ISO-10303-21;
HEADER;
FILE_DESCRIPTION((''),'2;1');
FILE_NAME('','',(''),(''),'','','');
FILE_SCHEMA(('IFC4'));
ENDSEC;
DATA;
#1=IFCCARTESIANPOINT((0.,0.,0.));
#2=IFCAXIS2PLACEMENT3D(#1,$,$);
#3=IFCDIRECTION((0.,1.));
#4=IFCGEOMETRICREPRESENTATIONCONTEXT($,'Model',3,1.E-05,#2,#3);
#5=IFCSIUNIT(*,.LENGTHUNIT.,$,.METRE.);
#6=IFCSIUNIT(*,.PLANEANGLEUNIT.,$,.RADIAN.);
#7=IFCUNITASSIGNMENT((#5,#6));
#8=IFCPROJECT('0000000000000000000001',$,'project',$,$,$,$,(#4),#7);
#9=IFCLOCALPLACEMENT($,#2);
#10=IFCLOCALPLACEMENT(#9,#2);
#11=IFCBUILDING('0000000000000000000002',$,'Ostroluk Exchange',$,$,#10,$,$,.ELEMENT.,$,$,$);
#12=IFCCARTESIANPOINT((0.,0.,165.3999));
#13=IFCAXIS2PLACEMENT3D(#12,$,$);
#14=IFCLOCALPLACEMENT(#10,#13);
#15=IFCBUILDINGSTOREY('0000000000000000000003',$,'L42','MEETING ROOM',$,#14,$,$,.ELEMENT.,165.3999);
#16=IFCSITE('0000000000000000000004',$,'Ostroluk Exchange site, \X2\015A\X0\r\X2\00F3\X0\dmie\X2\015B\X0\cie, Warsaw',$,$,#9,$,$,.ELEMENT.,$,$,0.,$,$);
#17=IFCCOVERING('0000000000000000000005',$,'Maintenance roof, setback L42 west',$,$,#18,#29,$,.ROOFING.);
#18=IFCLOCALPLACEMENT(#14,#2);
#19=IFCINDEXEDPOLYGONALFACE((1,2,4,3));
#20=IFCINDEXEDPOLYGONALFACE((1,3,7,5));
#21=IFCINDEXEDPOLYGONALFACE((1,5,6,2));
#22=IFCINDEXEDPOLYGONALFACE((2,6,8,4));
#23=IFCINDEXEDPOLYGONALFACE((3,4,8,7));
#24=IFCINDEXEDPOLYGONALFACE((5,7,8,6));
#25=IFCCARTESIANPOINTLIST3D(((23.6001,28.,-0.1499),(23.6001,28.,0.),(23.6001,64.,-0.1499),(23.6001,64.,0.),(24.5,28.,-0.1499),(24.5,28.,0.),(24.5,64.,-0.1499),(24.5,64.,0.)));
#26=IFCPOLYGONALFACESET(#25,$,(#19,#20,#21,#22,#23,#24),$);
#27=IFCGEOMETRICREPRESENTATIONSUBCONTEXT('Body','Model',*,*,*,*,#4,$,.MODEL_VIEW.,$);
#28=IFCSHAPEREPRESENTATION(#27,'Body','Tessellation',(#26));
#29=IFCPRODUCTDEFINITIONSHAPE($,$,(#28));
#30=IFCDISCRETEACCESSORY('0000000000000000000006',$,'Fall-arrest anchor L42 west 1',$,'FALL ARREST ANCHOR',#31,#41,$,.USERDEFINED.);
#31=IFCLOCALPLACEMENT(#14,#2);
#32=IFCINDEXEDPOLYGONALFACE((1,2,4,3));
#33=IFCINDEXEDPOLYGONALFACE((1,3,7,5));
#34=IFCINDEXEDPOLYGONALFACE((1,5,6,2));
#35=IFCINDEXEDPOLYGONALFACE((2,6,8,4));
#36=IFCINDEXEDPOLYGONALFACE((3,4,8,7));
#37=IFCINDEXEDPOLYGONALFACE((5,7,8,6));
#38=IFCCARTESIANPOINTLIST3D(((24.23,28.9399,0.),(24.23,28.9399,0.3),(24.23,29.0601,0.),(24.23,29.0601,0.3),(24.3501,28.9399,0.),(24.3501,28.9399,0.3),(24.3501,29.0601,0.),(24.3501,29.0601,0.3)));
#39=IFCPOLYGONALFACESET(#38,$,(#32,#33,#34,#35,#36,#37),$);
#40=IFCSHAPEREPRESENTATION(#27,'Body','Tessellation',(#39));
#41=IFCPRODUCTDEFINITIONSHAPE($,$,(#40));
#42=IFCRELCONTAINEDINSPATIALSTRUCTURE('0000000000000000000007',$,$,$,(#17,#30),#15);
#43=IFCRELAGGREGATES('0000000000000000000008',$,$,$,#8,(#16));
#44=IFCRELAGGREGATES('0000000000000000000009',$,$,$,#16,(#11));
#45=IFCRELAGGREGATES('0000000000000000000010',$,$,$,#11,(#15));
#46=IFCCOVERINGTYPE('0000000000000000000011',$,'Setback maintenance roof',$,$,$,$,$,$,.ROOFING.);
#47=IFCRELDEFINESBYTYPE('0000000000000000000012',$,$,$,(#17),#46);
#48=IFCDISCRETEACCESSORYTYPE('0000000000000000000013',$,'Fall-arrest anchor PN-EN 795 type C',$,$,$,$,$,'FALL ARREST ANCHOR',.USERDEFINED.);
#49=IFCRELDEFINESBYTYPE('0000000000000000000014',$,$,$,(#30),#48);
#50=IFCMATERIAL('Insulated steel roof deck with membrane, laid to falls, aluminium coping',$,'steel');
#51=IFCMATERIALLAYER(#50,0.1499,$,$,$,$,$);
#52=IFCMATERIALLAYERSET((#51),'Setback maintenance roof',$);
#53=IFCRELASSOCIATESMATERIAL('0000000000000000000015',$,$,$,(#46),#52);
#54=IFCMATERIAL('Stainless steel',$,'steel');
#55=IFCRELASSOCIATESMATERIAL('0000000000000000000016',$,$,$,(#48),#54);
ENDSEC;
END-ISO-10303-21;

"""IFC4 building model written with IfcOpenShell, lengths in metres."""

from ifc_helpers import new_model, si_unit, direction, frame, origin, origin_2d, place, context, subcontext, project, spatial, polyline, rectangle, outline, extrude, material, layer, layer_set, type_object, element, save


model = new_model("IFC4")

# Units and contexts
model_context = context("Model", 3, precision=1e-05, world=origin(), true_north=direction((0.0, 1.0)))
body_context = subcontext(model_context, "Body", "Model", "MODEL_VIEW")
ifc_project = project(units=[si_unit("LENGTHUNIT", "METRE"), si_unit("PLANEANGLEUNIT", "RADIAN")], contexts=[model_context])

# Site, building, storey
site_placement = place(None, origin())
site = spatial("IfcSite", under=ifc_project, at=site_placement, Name="Ostroluk Exchange site, Śródmieście, Warsaw", CompositionType="ELEMENT", RefElevation=0.0)
building_placement = place(site_placement, origin())
building = spatial("IfcBuilding", under=site, at=building_placement, Name="Ostroluk Exchange", CompositionType="ELEMENT")
storey_placement = place(building_placement, frame((0.0, 0.0, 165.3999)))
storey = spatial("IfcBuildingStorey", under=building, at=storey_placement, Name="L42", Description="MEETING ROOM", CompositionType="ELEMENT", Elevation=165.3999)

# Covering
ifc_material_1 = material(Name="Insulated steel roof deck with membrane, laid to falls, aluminium coping", Category="steel")
ifc_layer_1 = layer(ifc_material_1, 0.1499)
ifc_layer_set_1 = layer_set([ifc_layer_1], Name="Setback maintenance roof")
covering_type = type_object("IfcCoveringType", Name="Setback maintenance roof", PredefinedType="ROOFING", material=ifc_layer_set_1)
covering_1_placement = place(storey_placement, frame((0.0, 0.0, -0.1499)))
element("IfcCovering", 1, at=covering_1_placement, inside=storey, type_object=covering_type, Name="Maintenance roof, setback L42 west", PredefinedType="ROOFING", context=body_context, shape_type="SweptSolid", body=[
    extrude(outline(polyline([(23.6001, 64.0), (24.5, 64.0), (24.5, 28.0), (23.6001, 28.0), (23.6001, 64.0)])), origin(), (0.0, 0.0, 1.0), 0.1499),
])

# Discrete accessory
ifc_material_2 = material(Name="Stainless steel", Category="steel")
discrete_accessory_type = type_object("IfcDiscreteAccessoryType", Name="Fall-arrest anchor PN-EN 795 type C", ElementType="FALL ARREST ANCHOR", PredefinedType="USERDEFINED", material=ifc_material_2)
discrete_accessory_placement = place(storey_placement, frame((24.29, 29.0, 0.0), z_axis=(0.0, 0.0, 1.0), x_axis=(1.0, 0.0, 0.0)))
element("IfcDiscreteAccessory", 2, at=discrete_accessory_placement, inside=storey, type_object=discrete_accessory_type, Name="Fall-arrest anchor L42 west 1", ObjectType="FALL ARREST ANCHOR", PredefinedType="USERDEFINED", context=body_context, shape_type="SweptSolid", body=[
    extrude(rectangle(XDim=0.1201, YDim=0.1201, at=origin_2d()), origin(), (0.0, 0.0, 1.0), 0.3),
])

save(model, "model.ifc")
